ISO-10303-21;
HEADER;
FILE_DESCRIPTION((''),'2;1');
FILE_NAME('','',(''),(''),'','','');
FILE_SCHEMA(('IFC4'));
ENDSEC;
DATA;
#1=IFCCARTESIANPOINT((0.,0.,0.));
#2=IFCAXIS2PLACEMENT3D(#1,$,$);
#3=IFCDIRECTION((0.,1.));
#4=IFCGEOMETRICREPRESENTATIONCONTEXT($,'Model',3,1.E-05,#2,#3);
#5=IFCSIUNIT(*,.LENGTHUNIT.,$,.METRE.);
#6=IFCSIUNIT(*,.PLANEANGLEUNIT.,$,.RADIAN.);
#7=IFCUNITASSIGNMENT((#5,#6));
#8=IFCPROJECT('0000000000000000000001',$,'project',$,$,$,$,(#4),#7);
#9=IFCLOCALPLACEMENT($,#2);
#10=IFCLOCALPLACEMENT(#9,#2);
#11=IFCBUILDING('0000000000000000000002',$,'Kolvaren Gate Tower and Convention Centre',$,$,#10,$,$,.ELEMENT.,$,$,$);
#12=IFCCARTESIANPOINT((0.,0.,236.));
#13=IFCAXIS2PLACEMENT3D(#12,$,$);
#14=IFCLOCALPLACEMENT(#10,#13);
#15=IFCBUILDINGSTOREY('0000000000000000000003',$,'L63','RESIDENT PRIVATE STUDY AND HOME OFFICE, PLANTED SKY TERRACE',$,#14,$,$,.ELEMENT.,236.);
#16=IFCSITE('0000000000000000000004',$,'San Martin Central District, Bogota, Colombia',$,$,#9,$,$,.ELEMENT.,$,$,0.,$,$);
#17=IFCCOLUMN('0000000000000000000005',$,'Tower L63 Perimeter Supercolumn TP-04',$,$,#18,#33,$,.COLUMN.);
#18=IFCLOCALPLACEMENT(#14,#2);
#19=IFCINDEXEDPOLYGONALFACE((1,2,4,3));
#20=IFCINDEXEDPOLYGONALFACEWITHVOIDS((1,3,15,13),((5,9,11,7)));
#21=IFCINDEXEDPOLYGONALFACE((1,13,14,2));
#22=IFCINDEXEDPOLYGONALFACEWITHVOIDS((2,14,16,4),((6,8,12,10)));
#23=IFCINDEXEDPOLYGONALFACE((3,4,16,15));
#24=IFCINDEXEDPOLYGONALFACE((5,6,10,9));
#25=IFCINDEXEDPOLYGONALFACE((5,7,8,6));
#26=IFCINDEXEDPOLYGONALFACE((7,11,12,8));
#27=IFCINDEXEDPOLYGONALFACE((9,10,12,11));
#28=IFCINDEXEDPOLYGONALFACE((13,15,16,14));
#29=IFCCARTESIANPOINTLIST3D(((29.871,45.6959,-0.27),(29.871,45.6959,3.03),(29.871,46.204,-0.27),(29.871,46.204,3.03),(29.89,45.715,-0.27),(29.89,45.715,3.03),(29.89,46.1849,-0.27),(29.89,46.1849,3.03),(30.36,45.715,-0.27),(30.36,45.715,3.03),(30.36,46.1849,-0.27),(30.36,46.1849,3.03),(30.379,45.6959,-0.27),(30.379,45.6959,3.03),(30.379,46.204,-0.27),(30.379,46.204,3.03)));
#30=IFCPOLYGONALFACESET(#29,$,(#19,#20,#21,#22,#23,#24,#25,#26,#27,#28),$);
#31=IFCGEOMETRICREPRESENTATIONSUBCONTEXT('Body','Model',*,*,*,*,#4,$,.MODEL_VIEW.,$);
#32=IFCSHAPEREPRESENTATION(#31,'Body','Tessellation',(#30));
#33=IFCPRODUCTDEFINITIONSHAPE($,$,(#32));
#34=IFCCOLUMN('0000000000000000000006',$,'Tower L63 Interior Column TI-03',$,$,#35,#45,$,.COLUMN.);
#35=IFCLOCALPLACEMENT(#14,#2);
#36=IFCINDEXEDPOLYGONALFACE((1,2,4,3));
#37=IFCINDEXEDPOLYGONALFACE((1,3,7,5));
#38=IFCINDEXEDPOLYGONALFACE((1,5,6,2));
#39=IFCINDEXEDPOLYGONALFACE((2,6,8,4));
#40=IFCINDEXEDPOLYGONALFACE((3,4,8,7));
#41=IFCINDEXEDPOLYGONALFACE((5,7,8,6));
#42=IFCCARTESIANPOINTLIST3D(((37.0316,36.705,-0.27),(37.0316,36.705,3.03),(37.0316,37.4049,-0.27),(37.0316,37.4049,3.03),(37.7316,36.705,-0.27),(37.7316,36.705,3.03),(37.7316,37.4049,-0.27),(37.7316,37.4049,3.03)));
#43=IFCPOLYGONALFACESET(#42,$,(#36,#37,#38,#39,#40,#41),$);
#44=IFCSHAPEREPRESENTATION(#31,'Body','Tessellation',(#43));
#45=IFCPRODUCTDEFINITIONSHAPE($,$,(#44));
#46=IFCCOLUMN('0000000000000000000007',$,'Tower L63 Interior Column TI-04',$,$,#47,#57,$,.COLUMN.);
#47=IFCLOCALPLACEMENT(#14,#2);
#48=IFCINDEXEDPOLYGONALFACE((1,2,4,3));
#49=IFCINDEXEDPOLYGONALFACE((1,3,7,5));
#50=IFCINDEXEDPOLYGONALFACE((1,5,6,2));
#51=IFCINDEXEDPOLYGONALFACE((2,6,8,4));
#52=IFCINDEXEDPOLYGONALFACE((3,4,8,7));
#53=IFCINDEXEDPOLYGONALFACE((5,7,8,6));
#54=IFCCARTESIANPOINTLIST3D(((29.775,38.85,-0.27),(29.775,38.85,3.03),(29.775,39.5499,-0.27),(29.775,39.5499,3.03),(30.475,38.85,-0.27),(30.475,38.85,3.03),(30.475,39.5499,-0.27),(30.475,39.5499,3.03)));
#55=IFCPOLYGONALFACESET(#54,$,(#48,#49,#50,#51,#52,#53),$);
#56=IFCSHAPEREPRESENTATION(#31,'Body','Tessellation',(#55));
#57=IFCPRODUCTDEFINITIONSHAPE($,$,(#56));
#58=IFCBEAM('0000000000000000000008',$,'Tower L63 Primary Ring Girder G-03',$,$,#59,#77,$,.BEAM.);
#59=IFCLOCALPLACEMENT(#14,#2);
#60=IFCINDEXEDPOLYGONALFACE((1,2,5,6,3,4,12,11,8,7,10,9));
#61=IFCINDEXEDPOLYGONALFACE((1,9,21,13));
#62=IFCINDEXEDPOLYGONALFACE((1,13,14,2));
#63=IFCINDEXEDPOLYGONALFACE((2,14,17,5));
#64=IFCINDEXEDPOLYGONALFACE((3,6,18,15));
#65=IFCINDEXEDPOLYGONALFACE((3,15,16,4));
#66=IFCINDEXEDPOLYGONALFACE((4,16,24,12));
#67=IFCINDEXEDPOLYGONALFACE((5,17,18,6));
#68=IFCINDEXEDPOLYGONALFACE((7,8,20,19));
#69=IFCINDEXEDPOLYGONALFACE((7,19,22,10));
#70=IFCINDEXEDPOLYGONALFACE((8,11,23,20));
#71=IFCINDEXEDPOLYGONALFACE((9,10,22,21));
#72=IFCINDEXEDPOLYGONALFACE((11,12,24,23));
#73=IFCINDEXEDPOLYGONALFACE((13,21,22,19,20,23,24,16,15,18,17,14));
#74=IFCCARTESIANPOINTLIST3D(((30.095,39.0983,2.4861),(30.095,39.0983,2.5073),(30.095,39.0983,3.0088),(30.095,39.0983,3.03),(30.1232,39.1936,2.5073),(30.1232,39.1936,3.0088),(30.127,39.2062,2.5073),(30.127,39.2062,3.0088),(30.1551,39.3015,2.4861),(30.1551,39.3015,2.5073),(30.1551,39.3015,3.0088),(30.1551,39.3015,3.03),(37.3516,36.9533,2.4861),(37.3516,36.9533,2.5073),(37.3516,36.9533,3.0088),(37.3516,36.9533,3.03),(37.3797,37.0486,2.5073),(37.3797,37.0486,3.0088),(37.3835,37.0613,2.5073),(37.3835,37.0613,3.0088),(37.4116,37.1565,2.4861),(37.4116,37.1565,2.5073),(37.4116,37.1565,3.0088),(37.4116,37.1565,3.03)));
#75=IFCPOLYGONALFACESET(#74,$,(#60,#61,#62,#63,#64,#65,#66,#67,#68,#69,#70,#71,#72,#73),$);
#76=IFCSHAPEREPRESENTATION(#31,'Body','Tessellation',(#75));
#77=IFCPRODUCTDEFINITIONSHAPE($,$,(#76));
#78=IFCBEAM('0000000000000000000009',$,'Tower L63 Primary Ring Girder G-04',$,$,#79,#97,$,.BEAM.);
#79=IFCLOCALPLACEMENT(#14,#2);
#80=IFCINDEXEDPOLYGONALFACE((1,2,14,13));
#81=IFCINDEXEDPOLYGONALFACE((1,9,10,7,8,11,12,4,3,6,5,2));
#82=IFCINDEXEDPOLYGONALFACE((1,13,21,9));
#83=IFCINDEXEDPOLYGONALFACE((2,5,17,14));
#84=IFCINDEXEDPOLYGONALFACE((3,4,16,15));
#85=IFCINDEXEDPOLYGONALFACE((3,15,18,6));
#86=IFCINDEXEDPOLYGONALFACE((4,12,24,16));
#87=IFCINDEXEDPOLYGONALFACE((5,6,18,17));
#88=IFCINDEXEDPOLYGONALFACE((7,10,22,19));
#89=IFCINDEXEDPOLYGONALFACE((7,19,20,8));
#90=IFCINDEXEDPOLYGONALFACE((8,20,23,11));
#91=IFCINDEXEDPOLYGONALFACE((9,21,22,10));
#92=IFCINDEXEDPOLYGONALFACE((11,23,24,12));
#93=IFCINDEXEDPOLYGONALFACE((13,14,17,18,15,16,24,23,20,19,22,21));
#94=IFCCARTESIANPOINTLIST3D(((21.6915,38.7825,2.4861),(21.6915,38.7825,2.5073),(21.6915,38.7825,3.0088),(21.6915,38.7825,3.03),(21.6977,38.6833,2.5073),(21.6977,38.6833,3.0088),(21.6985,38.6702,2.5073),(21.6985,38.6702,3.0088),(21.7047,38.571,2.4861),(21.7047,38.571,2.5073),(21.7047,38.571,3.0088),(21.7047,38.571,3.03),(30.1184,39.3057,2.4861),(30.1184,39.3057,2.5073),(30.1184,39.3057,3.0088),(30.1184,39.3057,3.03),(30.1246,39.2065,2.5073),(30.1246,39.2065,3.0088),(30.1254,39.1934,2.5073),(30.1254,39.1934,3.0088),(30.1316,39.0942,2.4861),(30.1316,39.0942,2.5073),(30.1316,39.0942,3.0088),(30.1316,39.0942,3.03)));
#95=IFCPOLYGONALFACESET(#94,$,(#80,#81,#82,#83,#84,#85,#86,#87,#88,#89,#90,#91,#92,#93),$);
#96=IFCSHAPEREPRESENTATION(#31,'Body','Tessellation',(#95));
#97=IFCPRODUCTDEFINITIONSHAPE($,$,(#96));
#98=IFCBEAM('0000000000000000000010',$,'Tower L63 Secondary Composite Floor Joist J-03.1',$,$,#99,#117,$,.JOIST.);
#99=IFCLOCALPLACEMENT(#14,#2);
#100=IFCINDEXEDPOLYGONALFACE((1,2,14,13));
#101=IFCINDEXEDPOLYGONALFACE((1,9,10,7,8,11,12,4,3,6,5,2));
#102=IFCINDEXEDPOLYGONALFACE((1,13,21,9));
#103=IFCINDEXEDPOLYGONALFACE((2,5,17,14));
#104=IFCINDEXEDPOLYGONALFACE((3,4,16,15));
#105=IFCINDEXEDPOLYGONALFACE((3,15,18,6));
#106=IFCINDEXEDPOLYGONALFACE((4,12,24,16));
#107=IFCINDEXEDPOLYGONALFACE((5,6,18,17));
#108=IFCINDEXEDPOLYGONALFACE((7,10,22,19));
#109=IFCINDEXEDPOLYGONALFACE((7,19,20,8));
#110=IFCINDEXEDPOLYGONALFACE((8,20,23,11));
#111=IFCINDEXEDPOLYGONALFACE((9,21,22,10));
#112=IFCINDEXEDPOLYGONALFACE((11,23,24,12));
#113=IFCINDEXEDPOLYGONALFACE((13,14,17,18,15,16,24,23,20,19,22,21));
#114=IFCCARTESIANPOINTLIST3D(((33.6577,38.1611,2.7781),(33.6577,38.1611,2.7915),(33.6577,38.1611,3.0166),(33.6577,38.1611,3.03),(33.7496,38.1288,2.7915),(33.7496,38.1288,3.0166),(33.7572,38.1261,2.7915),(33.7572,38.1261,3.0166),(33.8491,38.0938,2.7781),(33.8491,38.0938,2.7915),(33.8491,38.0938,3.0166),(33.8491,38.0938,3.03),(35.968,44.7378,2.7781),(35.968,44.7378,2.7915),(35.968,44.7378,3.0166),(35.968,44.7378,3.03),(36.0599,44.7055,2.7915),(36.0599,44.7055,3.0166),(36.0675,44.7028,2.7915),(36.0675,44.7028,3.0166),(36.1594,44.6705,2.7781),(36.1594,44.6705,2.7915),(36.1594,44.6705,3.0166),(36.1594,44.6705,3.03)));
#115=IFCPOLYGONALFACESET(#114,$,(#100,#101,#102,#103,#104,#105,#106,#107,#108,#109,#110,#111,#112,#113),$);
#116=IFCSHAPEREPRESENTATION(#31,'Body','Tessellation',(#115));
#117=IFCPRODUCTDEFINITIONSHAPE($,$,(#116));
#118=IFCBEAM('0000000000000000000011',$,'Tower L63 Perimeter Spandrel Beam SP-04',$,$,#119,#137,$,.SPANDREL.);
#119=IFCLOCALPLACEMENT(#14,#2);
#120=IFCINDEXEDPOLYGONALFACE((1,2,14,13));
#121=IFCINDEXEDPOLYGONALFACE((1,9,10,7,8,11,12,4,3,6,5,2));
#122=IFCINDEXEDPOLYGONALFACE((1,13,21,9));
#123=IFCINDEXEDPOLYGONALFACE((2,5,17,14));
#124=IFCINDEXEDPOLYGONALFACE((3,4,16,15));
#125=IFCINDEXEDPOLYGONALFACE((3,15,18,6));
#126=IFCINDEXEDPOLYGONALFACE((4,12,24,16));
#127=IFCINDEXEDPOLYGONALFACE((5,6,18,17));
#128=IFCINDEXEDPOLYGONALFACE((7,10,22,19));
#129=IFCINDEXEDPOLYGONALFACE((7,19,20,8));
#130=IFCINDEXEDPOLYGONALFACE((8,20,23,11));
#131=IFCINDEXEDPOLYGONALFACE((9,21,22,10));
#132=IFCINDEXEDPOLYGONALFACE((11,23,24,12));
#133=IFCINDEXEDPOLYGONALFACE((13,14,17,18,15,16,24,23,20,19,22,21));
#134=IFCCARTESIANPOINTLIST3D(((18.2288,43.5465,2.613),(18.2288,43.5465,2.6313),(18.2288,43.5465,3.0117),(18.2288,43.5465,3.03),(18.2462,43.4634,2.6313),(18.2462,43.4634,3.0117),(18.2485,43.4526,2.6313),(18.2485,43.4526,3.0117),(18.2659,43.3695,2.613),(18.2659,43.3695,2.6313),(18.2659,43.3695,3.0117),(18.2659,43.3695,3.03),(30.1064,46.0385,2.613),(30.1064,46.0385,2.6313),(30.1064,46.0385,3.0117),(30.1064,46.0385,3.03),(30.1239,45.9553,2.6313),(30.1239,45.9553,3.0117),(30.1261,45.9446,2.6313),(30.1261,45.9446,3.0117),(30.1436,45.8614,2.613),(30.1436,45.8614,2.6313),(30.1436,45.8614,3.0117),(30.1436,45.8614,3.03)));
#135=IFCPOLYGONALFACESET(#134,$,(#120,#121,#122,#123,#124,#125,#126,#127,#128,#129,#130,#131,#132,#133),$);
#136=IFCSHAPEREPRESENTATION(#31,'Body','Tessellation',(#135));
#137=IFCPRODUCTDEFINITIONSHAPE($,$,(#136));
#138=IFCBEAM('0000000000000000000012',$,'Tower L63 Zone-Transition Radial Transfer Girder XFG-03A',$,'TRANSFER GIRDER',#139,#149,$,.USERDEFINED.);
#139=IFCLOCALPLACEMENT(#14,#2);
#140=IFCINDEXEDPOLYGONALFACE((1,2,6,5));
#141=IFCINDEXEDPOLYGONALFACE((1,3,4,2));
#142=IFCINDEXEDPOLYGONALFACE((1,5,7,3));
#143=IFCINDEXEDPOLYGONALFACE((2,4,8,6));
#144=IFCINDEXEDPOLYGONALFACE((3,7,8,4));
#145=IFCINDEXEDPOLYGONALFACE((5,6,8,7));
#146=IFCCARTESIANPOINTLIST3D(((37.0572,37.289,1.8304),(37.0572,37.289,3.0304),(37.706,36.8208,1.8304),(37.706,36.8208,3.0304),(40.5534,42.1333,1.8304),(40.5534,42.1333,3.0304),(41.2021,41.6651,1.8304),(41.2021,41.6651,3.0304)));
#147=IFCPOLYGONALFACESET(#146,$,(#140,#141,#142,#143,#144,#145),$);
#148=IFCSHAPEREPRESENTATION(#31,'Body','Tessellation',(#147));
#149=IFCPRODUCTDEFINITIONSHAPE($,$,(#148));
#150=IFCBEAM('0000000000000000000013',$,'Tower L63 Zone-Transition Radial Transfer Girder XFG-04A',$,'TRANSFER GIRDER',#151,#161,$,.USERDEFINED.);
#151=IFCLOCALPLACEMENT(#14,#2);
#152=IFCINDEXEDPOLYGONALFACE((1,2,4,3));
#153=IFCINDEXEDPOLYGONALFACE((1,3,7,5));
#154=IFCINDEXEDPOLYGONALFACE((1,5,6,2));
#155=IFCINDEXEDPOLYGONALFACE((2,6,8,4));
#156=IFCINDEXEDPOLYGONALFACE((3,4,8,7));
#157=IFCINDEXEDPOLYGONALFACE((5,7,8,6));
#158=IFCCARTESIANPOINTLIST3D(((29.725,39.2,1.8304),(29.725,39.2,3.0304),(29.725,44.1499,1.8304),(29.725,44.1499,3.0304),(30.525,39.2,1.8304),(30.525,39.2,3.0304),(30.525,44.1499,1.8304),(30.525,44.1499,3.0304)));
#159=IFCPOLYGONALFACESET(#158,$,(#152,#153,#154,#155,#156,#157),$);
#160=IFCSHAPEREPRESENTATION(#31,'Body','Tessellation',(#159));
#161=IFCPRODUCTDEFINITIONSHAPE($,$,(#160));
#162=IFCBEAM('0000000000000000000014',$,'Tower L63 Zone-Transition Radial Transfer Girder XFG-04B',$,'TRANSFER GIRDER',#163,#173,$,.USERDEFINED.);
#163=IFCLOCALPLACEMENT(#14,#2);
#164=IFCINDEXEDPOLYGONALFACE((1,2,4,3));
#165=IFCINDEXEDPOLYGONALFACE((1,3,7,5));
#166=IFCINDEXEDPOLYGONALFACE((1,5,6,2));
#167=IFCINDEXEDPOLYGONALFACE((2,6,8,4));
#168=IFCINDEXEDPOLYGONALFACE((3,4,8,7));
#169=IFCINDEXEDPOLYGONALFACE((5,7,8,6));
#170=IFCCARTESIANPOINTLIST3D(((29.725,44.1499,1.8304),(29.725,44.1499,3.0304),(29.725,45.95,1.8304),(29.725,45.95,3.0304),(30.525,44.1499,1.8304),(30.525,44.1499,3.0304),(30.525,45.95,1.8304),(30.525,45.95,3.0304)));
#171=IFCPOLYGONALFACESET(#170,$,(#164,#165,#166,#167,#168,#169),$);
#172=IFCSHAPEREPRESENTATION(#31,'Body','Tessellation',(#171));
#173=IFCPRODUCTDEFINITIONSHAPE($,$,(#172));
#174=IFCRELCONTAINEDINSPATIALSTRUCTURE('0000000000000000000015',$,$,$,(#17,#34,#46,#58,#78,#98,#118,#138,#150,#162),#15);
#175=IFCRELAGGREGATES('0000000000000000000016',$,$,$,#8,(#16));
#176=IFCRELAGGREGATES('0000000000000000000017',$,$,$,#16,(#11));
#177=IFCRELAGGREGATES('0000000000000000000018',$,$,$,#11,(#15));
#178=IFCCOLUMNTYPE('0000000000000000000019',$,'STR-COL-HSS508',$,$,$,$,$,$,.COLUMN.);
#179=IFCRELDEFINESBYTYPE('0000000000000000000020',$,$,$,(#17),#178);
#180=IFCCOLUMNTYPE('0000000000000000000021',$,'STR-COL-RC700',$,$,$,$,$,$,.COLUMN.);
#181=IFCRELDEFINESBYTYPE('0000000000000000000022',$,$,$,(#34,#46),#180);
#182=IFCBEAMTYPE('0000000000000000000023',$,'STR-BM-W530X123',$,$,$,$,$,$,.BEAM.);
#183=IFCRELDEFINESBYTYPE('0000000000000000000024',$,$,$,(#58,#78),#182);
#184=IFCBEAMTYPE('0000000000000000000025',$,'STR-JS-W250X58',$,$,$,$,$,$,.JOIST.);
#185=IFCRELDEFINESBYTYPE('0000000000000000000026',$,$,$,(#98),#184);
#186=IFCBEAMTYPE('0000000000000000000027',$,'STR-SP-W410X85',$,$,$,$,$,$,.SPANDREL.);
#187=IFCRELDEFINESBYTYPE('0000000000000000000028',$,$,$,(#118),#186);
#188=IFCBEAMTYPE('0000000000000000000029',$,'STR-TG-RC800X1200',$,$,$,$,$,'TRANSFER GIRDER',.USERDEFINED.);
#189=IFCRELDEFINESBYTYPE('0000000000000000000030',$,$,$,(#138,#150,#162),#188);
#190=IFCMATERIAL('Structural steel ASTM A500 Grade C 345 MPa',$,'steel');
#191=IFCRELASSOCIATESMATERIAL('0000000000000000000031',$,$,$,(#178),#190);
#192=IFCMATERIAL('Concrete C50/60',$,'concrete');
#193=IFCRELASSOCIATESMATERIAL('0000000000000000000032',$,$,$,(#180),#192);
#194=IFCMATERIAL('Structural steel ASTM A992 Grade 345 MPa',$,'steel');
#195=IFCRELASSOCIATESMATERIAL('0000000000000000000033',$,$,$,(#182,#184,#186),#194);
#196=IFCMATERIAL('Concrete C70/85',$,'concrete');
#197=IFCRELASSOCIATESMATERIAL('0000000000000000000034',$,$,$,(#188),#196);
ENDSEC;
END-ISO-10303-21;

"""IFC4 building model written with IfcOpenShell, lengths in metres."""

from ifc_helpers import new_model, si_unit, direction, frame, origin, origin_2d, place, context, subcontext, project, spatial, rectangle, hollow_rectangle, i_section, extrude, material, material_profile, profile_set, type_object, element, save


model = new_model("IFC4")

# Units and contexts
model_context = context("Model", 3, precision=1e-05, world=origin(), true_north=direction((0.0, 1.0)))
body_context = subcontext(model_context, "Body", "Model", "MODEL_VIEW")
ifc_project = project(units=[si_unit("LENGTHUNIT", "METRE"), si_unit("PLANEANGLEUNIT", "RADIAN")], contexts=[model_context])

# Site, building, storey
site_placement = place(None, origin())
site = spatial("IfcSite", under=ifc_project, at=site_placement, Name="San Martin Central District, Bogota, Colombia", CompositionType="ELEMENT", RefElevation=0.0)
building_placement = place(site_placement, origin())
building = spatial("IfcBuilding", under=site, at=building_placement, Name="Kolvaren Gate Tower and Convention Centre", CompositionType="ELEMENT")
storey_placement = place(building_placement, frame((0.0, 0.0, 236.0)))
storey = spatial("IfcBuildingStorey", under=building, at=storey_placement, Name="L63", Description="RESIDENT PRIVATE STUDY AND HOME OFFICE, PLANTED SKY TERRACE", CompositionType="ELEMENT", Elevation=236.0)

# Columns
ifc_material_1 = material(Name="Structural steel ASTM A500 Grade C 345 MPa", Category="steel")
ifc_material_profile_1 = material_profile(ifc_material_1, hollow_rectangle(XDim=0.5081, YDim=0.5081, WallThickness=0.019, at=origin_2d()), Name="HSS508X508X19.1")
ifc_profile_set_1 = profile_set([ifc_material_profile_1], Name="Structural steel ASTM A500 Grade C 345 MPa")
column_type_1 = type_object("IfcColumnType", Name="STR-COL-HSS508", PredefinedType="COLUMN", material=ifc_profile_set_1)
column_placement = place(storey_placement, frame((30.125, 45.95, -0.27), z_axis=(0.0, 0.0, 1.0), x_axis=(1.0, 0.0, 0.0)))
element("IfcColumn", 1, at=column_placement, inside=storey, type_object=column_type_1, Name="Tower L63 Perimeter Supercolumn TP-04", PredefinedType="COLUMN", context=body_context, shape_type="SweptSolid", body=[
    extrude(hollow_rectangle(XDim=0.5081, YDim=0.5081, WallThickness=0.019, at=origin_2d()), origin(), (0.0, 0.0, 1.0), 3.3),
])
ifc_material_2 = material(Name="Concrete C50/60", Category="concrete")
ifc_material_profile_2 = material_profile(ifc_material_2, rectangle(XDim=0.7, YDim=0.7, at=origin_2d()), Name="RC-COL-700X700")
ifc_profile_set_2 = profile_set([ifc_material_profile_2], Name="Concrete C50/60")
column_type_2 = type_object("IfcColumnType", Name="STR-COL-RC700", PredefinedType="COLUMN", material=ifc_profile_set_2)
for number, where, z_axis, x_axis, name in (
    (2, (37.3816, 37.0549, -0.27), (0.0, 0.0, 1.0), (1.0, 0.0, 0.0), "Tower L63 Interior Column TI-03"),
    (3, (30.125, 39.2, -0.27), (0.0, 0.0, 1.0), (1.0, 0.0, 0.0), "Tower L63 Interior Column TI-04"),
):
    element("IfcColumn", number, at=place(storey_placement, frame(where, z_axis=z_axis, x_axis=x_axis)), inside=storey, type_object=column_type_2, Name=name, PredefinedType="COLUMN", context=body_context, shape_type="SweptSolid", body=[
        extrude(rectangle(XDim=0.7, YDim=0.7, at=origin_2d()), origin(), (0.0, 0.0, 1.0), 3.3),
    ])

# Beams
ifc_material_3 = material(Name="Structural steel ASTM A992 Grade 345 MPa", Category="steel")
ifc_material_profile_3 = material_profile(ifc_material_3, i_section(OverallWidth=0.2119, OverallDepth=0.5439, WebThickness=0.0132, FlangeThickness=0.0212, at=origin_2d()), Name="W530X123")
ifc_profile_set_3 = profile_set([ifc_material_profile_3], Name="Structural steel ASTM A992 Grade 345 MPa")
beam_type_1 = type_object("IfcBeamType", Name="STR-BM-W530X123", PredefinedType="BEAM", material=ifc_profile_set_3)
beam_1_placement = place(storey_placement, frame((37.3816, 37.0549, 2.7581), z_axis=(-0.958981, 0.283471, 0.0), x_axis=(-0.283471, -0.958981, 0.0)))
element("IfcBeam", 4, at=beam_1_placement, inside=storey, type_object=beam_type_1, Name="Tower L63 Primary Ring Girder G-03", PredefinedType="BEAM", context=body_context, shape_type="SweptSolid", body=[
    extrude(i_section(OverallWidth=0.2119, OverallDepth=0.5439, WebThickness=0.0132, FlangeThickness=0.0212, at=origin_2d()), origin(), (0.0, 0.0, 1.0), 7.5669),
])
beam_2_placement = place(storey_placement, frame((30.125, 39.2, 2.7581), z_axis=(-0.998078, -0.061966, 0.0), x_axis=(0.061966, -0.998078, 0.0)))
element("IfcBeam", 5, at=beam_2_placement, inside=storey, type_object=beam_type_1, Name="Tower L63 Primary Ring Girder G-04", PredefinedType="BEAM", context=body_context, shape_type="SweptSolid", body=[
    extrude(i_section(OverallWidth=0.2119, OverallDepth=0.5439, WebThickness=0.0132, FlangeThickness=0.0212, at=origin_2d()), origin(), (0.0, 0.0, 1.0), 8.4431),
])
ifc_material_profile_4 = material_profile(ifc_material_3, i_section(OverallWidth=0.2029, OverallDepth=0.252, WebThickness=0.0081, FlangeThickness=0.0134, at=origin_2d()), Name="W250X58")
ifc_profile_set_4 = profile_set([ifc_material_profile_4], Name="Structural steel ASTM A992 Grade 345 MPa")
beam_type_2 = type_object("IfcBeamType", Name="STR-JS-W250X58", PredefinedType="JOIST", material=ifc_profile_set_4)
beam_3_placement = place(storey_placement, frame((33.7534, 38.1274, 2.9041), z_axis=(0.331433, 0.943479, 0.0), x_axis=(-0.943479, 0.331433, 0.0)))
element("IfcBeam", 6, at=beam_3_placement, inside=storey, type_object=beam_type_2, Name="Tower L63 Secondary Composite Floor Joist J-03.1", PredefinedType="JOIST", context=body_context, shape_type="SweptSolid", body=[
    extrude(i_section(OverallWidth=0.2029, OverallDepth=0.252, WebThickness=0.0081, FlangeThickness=0.0134, at=origin_2d()), origin(), (0.0, 0.0, 1.0), 6.9707),
])
ifc_material_profile_5 = material_profile(ifc_material_3, i_section(OverallWidth=0.1809, OverallDepth=0.417, WebThickness=0.011, FlangeThickness=0.0183, at=origin_2d()), Name="W410X85")
ifc_profile_set_5 = profile_set([ifc_material_profile_5], Name="Structural steel ASTM A992 Grade 345 MPa")
beam_type_3 = type_object("IfcBeamType", Name="STR-SP-W410X85", PredefinedType="SPANDREL", material=ifc_profile_set_5)
beam_4_placement = place(storey_placement, frame((30.125, 45.95, 2.8215), z_axis=(-0.978693, -0.20533, 0.0), x_axis=(0.20533, -0.978693, 0.0)))
element("IfcBeam", 7, at=beam_4_placement, inside=storey, type_object=beam_type_3, Name="Tower L63 Perimeter Spandrel Beam SP-04", PredefinedType="SPANDREL", context=body_context, shape_type="SweptSolid", body=[
    extrude(i_section(OverallWidth=0.1809, OverallDepth=0.417, WebThickness=0.011, FlangeThickness=0.0183, at=origin_2d()), origin(), (0.0, 0.0, 1.0), 12.1362),
])
ifc_material_4 = material(Name="Concrete C70/85", Category="concrete")
ifc_material_profile_6 = material_profile(ifc_material_4, rectangle(XDim=0.8, YDim=1.2, at=origin_2d()), Name="RC-BM-800X1200")
ifc_profile_set_6 = profile_set([ifc_material_profile_6], Name="Concrete C70/85")
beam_type_4 = type_object("IfcBeamType", Name="STR-TG-RC800X1200", ElementType="TRANSFER GIRDER", PredefinedType="USERDEFINED", material=ifc_profile_set_6)
beam_5_placement = place(storey_placement, frame((37.3816, 37.0549, 2.4304), z_axis=(0.585213, 0.81088, 0.0), x_axis=(-0.81088, 0.585213, 0.0)))
element("IfcBeam", 8, at=beam_5_placement, inside=storey, type_object=beam_type_4, Name="Tower L63 Zone-Transition Radial Transfer Girder XFG-03A", ObjectType="TRANSFER GIRDER", PredefinedType="USERDEFINED", context=body_context, shape_type="SweptSolid", body=[
    extrude(rectangle(XDim=0.8, YDim=1.2, at=origin_2d()), origin(), (0.0, 0.0, 1.0), 5.9741),
])
beam_6_placement = place(storey_placement, frame((30.125, 39.2, 2.4304), z_axis=(0.0, 1.0, 0.0), x_axis=(-1.0, 0.0, 0.0)))
element("IfcBeam", 9, at=beam_6_placement, inside=storey, type_object=beam_type_4, Name="Tower L63 Zone-Transition Radial Transfer Girder XFG-04A", ObjectType="TRANSFER GIRDER", PredefinedType="USERDEFINED", context=body_context, shape_type="SweptSolid", body=[
    extrude(rectangle(XDim=0.8, YDim=1.2, at=origin_2d()), origin(), (0.0, 0.0, 1.0), 4.95),
])
beam_7_placement = place(storey_placement, frame((30.125, 44.1499, 2.4304), z_axis=(0.0, 1.0, 0.0), x_axis=(-1.0, 0.0, 0.0)))
element("IfcBeam", 10, at=beam_7_placement, inside=storey, type_object=beam_type_4, Name="Tower L63 Zone-Transition Radial Transfer Girder XFG-04B", ObjectType="TRANSFER GIRDER", PredefinedType="USERDEFINED", context=body_context, shape_type="SweptSolid", body=[
    extrude(rectangle(XDim=0.8, YDim=1.2, at=origin_2d()), origin(), (0.0, 0.0, 1.0), 1.8),
])

save(model, "model.ifc")
